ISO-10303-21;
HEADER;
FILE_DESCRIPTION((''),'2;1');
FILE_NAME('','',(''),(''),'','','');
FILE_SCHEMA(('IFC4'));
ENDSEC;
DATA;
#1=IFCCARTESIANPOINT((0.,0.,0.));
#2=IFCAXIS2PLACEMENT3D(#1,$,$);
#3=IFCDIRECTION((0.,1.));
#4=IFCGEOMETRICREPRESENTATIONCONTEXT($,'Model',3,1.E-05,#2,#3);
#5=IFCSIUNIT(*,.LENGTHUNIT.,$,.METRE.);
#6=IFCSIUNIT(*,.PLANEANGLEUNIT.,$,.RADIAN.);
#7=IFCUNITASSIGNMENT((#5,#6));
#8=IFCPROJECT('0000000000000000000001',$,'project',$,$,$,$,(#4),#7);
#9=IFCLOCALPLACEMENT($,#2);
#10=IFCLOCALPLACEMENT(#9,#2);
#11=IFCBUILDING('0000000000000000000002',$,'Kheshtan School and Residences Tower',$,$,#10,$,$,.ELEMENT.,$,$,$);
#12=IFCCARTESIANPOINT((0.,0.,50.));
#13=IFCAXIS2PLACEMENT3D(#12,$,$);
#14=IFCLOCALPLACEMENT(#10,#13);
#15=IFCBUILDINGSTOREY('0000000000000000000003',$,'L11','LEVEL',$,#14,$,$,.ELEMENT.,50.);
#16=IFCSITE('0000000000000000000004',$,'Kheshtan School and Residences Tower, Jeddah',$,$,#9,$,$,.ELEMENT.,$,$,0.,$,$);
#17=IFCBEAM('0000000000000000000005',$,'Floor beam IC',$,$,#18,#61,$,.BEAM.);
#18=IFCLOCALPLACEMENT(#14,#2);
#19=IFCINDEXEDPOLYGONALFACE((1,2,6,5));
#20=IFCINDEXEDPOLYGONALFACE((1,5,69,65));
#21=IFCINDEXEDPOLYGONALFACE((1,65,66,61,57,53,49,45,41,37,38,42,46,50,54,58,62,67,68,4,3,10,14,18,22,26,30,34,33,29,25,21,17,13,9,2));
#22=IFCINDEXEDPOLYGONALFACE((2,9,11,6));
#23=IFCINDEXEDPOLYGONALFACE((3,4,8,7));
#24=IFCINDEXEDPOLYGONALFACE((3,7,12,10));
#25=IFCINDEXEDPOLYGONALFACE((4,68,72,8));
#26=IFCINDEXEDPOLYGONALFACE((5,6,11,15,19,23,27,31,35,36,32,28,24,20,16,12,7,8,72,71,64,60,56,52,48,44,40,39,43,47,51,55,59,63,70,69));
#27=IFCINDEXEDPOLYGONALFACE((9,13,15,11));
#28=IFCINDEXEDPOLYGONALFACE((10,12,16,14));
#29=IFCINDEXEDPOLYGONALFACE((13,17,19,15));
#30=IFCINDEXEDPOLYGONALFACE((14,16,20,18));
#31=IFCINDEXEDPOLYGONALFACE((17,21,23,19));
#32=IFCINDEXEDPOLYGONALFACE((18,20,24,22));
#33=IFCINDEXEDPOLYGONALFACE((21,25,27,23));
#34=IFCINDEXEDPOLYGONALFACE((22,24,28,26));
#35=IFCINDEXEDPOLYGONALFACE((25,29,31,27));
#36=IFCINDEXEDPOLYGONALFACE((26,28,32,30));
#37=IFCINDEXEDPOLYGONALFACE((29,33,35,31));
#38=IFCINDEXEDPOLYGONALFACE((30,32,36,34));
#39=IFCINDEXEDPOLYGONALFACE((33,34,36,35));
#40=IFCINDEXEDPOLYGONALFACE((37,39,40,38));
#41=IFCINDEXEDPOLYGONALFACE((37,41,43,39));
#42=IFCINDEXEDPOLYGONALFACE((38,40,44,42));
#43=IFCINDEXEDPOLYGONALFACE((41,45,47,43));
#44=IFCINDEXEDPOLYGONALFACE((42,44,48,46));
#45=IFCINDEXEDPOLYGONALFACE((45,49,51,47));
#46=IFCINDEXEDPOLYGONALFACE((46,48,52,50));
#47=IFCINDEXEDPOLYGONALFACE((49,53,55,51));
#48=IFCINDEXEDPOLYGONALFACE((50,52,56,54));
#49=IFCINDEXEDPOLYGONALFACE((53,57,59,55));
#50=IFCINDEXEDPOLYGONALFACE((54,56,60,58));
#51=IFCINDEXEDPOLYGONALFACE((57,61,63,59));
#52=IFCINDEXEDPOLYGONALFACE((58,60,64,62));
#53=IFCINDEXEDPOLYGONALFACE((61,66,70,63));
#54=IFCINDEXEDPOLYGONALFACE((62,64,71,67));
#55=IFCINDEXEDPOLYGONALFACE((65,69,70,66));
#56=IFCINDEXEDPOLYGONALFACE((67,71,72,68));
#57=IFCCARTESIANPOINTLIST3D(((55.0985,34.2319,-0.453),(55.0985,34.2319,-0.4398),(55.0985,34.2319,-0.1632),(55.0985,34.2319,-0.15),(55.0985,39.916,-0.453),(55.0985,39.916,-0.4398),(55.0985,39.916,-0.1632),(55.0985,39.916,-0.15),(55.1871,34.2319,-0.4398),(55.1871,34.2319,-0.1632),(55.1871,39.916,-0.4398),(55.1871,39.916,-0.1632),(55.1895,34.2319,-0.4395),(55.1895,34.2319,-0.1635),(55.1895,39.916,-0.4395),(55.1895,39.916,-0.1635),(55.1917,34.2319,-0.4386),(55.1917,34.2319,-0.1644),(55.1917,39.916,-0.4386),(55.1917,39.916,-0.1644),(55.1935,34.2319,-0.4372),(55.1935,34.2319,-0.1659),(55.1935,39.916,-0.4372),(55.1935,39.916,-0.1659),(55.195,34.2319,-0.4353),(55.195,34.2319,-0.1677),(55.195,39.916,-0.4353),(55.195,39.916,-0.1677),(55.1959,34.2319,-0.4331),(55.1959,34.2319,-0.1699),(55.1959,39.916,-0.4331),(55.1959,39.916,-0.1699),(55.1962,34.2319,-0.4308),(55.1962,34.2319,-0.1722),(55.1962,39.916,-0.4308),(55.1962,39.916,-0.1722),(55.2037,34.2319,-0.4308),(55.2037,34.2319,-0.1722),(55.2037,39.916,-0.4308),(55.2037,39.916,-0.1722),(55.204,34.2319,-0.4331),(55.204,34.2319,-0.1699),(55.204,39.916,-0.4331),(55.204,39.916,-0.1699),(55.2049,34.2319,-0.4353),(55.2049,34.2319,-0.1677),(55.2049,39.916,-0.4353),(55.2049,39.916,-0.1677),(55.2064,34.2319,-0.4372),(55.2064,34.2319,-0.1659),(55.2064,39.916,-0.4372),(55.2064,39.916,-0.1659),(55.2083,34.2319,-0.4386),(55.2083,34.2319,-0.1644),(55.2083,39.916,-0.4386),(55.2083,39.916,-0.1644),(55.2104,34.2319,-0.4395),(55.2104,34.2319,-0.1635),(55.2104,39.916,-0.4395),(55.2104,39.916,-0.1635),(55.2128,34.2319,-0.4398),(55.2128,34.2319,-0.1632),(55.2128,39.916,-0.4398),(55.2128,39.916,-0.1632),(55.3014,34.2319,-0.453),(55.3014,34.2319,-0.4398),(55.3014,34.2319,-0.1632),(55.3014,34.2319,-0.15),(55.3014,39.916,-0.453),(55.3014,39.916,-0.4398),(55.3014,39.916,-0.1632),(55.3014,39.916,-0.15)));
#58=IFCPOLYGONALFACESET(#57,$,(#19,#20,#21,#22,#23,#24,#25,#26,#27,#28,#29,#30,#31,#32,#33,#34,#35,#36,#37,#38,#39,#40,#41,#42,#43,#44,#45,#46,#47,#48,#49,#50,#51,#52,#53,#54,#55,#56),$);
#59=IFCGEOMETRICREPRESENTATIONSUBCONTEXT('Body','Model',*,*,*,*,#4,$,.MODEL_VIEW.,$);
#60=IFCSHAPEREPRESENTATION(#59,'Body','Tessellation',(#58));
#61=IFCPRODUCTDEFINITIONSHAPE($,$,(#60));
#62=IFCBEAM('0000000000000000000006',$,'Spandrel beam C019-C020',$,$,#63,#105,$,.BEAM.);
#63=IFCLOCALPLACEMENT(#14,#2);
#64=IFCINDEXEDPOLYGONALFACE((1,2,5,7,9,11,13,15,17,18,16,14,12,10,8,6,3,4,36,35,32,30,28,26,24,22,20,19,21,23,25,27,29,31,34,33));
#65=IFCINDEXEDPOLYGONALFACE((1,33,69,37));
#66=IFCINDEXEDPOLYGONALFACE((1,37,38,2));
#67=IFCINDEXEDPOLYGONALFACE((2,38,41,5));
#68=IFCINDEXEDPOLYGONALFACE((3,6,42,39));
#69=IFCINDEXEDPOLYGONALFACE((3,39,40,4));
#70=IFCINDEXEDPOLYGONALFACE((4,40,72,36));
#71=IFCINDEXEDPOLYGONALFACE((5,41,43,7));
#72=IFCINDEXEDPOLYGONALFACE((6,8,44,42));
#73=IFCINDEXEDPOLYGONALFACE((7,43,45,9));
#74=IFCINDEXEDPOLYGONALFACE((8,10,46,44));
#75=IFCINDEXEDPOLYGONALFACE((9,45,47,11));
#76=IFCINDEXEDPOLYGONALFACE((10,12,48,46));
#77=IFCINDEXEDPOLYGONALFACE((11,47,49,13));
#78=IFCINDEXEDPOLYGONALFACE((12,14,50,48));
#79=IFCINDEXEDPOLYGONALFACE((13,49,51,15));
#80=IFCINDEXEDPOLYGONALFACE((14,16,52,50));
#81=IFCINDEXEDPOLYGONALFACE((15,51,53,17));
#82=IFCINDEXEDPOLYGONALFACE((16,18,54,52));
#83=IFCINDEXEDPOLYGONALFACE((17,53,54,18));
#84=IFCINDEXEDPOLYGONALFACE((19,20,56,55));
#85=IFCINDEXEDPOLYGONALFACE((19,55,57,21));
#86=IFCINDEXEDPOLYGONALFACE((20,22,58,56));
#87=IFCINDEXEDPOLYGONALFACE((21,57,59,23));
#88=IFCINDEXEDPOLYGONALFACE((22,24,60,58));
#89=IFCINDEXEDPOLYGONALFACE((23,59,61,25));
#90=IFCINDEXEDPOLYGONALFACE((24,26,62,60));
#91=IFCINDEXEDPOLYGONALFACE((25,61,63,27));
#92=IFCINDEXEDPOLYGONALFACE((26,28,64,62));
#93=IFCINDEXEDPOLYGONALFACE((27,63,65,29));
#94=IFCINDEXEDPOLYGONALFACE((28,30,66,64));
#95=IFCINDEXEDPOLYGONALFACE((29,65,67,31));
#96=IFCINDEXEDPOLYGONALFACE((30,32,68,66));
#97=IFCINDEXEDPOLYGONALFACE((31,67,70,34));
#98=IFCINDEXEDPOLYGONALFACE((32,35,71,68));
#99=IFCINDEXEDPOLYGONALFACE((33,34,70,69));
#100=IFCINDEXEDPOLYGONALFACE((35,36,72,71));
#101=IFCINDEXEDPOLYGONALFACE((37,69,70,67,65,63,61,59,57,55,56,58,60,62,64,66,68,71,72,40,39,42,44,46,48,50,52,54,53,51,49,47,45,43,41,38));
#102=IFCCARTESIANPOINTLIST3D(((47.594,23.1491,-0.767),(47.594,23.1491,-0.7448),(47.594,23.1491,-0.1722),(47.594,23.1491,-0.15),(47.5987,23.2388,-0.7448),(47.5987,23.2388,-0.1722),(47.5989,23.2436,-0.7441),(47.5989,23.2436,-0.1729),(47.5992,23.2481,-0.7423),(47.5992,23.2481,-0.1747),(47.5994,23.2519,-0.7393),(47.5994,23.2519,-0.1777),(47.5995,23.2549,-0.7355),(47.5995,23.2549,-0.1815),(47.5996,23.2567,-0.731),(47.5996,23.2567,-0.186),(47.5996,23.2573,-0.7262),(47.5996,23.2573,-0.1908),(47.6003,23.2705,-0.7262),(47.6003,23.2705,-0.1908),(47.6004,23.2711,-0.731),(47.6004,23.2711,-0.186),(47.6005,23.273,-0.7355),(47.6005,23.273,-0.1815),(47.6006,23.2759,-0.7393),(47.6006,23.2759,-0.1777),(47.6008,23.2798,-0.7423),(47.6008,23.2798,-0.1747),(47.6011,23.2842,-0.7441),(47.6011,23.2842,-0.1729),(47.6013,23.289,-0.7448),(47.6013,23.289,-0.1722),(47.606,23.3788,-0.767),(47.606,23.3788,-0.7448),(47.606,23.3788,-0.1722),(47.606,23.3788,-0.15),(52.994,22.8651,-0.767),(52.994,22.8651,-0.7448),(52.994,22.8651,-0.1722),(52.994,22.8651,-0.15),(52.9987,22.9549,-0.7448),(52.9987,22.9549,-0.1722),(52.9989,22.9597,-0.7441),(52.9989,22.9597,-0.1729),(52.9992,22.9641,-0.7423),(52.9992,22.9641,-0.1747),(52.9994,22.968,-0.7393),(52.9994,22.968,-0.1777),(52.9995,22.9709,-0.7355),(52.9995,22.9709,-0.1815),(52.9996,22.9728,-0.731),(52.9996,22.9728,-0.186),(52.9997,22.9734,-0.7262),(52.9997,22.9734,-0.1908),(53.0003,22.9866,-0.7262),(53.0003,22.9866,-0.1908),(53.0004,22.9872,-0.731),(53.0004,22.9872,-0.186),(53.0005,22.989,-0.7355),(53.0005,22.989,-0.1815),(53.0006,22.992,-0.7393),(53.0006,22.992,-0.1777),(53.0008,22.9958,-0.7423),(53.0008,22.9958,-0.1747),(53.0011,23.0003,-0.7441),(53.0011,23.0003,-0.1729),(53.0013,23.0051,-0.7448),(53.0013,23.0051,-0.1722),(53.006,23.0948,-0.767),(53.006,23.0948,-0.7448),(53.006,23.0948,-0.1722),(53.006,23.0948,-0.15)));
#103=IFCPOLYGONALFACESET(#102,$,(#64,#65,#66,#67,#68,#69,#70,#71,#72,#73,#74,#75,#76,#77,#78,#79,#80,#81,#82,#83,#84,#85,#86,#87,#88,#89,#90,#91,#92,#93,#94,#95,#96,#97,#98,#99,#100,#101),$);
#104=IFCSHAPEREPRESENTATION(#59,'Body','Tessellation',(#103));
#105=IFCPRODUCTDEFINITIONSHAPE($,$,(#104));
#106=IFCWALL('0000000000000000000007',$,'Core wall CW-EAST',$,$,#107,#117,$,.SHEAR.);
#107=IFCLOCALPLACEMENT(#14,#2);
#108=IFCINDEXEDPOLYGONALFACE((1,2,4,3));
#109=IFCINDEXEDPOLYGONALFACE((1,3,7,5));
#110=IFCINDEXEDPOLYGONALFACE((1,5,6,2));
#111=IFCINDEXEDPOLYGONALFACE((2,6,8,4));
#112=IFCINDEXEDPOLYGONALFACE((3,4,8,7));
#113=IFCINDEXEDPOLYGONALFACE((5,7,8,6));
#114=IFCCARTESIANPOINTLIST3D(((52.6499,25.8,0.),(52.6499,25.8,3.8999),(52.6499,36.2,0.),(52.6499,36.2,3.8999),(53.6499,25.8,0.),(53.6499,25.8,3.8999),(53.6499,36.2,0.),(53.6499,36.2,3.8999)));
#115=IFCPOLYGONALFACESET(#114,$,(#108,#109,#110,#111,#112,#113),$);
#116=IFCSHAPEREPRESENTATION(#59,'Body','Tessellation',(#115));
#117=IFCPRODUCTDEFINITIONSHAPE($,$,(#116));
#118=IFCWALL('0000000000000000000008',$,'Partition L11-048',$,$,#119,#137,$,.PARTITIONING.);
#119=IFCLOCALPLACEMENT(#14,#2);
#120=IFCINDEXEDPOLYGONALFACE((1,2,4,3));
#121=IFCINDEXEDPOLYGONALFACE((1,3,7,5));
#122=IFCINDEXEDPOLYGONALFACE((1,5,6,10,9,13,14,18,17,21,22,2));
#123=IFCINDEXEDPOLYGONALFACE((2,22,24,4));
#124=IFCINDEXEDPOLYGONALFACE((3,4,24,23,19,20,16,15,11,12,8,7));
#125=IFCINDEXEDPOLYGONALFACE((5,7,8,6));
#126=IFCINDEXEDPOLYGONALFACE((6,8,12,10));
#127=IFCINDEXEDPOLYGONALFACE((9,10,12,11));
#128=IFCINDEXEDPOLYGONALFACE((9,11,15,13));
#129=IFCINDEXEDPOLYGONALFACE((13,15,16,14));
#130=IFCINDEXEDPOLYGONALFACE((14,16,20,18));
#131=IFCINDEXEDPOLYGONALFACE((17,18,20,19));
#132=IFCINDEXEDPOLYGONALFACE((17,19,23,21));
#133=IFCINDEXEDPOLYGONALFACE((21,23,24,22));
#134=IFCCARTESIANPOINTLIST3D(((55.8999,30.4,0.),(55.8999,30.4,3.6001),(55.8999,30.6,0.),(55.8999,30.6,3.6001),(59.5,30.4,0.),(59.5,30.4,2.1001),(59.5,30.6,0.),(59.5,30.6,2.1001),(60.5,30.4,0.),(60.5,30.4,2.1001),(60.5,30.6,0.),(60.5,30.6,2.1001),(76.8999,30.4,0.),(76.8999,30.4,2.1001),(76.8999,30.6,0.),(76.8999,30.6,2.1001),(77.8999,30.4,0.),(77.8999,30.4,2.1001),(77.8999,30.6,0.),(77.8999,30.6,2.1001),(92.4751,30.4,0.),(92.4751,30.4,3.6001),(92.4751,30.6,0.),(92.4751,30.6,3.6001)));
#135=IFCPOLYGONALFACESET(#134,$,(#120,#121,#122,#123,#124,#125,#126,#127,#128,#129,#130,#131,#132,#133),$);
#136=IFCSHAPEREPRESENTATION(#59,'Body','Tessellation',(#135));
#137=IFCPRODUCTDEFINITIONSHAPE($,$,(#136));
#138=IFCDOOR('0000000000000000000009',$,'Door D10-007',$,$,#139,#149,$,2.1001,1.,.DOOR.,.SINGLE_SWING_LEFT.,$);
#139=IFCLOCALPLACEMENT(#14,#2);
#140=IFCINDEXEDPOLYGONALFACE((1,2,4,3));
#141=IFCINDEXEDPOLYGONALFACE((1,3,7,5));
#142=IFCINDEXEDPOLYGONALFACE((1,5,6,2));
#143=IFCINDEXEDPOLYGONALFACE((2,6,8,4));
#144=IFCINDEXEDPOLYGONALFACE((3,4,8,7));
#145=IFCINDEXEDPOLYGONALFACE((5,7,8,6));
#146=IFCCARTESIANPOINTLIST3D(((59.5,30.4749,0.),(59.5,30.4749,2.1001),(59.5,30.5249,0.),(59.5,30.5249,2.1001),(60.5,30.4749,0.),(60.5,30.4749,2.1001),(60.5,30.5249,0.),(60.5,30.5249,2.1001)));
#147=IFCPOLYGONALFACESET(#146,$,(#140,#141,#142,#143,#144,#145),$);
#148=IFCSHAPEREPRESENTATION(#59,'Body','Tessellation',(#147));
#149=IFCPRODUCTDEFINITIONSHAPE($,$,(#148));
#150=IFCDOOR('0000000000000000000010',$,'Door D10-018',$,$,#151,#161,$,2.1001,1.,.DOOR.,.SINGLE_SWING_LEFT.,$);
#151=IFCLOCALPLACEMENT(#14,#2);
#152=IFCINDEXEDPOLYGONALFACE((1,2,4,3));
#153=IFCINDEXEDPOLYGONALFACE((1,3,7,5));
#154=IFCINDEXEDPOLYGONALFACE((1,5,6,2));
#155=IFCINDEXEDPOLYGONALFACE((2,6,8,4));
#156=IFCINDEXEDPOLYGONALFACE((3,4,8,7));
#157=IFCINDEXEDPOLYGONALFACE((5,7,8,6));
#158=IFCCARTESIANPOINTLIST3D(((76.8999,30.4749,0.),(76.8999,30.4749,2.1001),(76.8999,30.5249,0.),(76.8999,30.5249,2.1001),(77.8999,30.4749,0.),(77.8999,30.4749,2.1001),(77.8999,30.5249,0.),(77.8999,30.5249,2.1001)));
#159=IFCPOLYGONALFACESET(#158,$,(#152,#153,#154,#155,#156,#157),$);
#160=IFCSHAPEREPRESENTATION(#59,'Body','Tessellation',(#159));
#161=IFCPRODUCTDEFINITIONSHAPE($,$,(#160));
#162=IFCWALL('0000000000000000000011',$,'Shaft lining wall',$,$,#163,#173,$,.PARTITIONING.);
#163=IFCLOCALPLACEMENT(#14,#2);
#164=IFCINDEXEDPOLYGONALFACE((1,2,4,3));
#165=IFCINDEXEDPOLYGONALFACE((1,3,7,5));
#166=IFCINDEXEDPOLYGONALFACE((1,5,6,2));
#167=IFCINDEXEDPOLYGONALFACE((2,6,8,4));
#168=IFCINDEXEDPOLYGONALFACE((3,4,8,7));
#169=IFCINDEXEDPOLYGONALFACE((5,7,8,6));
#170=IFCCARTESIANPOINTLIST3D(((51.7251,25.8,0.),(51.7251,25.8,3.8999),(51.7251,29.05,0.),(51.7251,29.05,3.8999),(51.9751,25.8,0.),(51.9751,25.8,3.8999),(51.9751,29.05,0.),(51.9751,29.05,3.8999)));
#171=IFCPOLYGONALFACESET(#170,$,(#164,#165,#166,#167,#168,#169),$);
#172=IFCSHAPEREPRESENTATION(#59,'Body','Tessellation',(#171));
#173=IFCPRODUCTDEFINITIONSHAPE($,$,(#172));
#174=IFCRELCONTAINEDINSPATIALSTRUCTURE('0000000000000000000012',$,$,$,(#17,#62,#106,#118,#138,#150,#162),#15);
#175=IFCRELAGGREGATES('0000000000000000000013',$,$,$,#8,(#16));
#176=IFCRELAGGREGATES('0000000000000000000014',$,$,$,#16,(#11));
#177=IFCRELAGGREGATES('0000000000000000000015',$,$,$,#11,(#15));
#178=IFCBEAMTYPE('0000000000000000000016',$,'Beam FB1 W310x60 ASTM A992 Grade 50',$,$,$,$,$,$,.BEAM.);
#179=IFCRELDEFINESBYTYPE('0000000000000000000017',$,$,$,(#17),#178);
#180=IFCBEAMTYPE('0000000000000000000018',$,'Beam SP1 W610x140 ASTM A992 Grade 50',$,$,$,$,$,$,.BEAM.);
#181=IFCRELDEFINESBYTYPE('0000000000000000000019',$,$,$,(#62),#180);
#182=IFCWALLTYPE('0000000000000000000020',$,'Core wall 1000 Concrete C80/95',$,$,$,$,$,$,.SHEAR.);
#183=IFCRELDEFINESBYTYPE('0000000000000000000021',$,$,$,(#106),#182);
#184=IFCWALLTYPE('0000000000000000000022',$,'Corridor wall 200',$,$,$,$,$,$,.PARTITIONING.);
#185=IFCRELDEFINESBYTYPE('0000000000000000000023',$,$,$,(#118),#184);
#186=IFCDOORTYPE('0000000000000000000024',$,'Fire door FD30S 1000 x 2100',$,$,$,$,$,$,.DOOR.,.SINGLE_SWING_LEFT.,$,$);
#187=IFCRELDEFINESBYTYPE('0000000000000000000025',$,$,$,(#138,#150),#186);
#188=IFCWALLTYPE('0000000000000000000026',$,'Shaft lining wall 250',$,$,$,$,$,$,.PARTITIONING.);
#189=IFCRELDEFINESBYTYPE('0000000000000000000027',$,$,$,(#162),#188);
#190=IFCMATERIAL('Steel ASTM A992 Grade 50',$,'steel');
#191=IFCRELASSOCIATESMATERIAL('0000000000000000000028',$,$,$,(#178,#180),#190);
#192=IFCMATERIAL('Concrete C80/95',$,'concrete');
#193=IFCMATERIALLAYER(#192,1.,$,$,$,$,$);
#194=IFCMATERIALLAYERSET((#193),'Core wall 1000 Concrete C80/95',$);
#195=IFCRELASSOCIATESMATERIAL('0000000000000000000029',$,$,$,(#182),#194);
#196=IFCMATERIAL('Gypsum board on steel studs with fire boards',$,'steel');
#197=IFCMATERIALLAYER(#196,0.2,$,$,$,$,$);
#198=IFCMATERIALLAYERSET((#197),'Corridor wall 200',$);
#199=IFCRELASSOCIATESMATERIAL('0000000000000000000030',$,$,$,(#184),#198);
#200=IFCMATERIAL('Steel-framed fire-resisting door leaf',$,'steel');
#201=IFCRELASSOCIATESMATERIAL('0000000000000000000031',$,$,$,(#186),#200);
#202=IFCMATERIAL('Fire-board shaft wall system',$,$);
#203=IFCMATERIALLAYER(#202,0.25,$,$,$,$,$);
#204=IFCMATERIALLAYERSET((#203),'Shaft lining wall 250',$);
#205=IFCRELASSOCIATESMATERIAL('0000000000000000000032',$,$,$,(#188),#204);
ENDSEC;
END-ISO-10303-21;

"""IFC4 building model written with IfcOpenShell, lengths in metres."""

from ifc_helpers import new_model, si_unit, direction, frame, frame_2d, origin, origin_2d, place, context, subcontext, project, spatial, rectangle, i_section, extrude, source, transform, mapped, material, layer, layer_set, material_profile, profile_set, type_object, element, fill, save


model = new_model("IFC4")

# Units and contexts
model_context = context("Model", 3, precision=1e-05, world=origin(), true_north=direction((0.0, 1.0)))
body_context = subcontext(model_context, "Body", "Model", "MODEL_VIEW")
ifc_project = project(units=[si_unit("LENGTHUNIT", "METRE"), si_unit("PLANEANGLEUNIT", "RADIAN")], contexts=[model_context])

# Site, building, storey
site_placement = place(None, origin())
site = spatial("IfcSite", under=ifc_project, at=site_placement, Name="Kheshtan School and Residences Tower, Jeddah", CompositionType="ELEMENT", RefElevation=0.0)
building_placement = place(site_placement, origin())
building = spatial("IfcBuilding", under=site, at=building_placement, Name="Kheshtan School and Residences Tower", CompositionType="ELEMENT")
storey_placement = place(building_placement, frame((0.0, 0.0, 50.0)))
storey = spatial("IfcBuildingStorey", under=building, at=storey_placement, Name="L11", Description="LEVEL", CompositionType="ELEMENT", Elevation=50.0)

# Shared definitions
ifc_material_1 = material(Name="Steel ASTM A992 Grade 50", Category="steel")

# Beams
ifc_material_profile_1 = material_profile(ifc_material_1, i_section(OverallWidth=0.2029, OverallDepth=0.303, WebThickness=0.0076, FlangeThickness=0.0132, FilletRadius=0.009, at=origin_2d()), Name="W310x60")
ifc_profile_set_1 = profile_set([ifc_material_profile_1], Name="Steel ASTM A992 Grade 50")
beam_type_1 = type_object("IfcBeamType", Name="Beam FB1 W310x60 ASTM A992 Grade 50", PredefinedType="BEAM", material=ifc_profile_set_1)
beam_1_placement = place(storey_placement, frame((55.2, 34.2319, -0.3015), z_axis=(0.0, 1.0, 0.0), x_axis=(-1.0, 0.0, 0.0)))
element("IfcBeam", 1, at=beam_1_placement, inside=storey, type_object=beam_type_1, Name="Floor beam IC", PredefinedType="BEAM", context=body_context, shape_type="SweptSolid", body=[
    extrude(i_section(OverallWidth=0.2029, OverallDepth=0.303, WebThickness=0.0076, FlangeThickness=0.0132, FilletRadius=0.009, at=origin_2d()), origin(), (0.0, 0.0, 1.0), 5.6841),
])
ifc_material_profile_2 = material_profile(ifc_material_1, i_section(OverallWidth=0.23, OverallDepth=0.6169, WebThickness=0.0132, FlangeThickness=0.0222, FilletRadius=0.0186, at=origin_2d()), Name="W610x140")
ifc_profile_set_2 = profile_set([ifc_material_profile_2], Name="Steel ASTM A992 Grade 50")
beam_type_2 = type_object("IfcBeamType", Name="Beam SP1 W610x140 ASTM A992 Grade 50", PredefinedType="BEAM", material=ifc_profile_set_2)
beam_2_placement = place(storey_placement, frame((53.0, 22.98, -0.4585), z_axis=(-0.99862, 0.052509, 0.0), x_axis=(-0.052509, -0.99862, 0.0)))
element("IfcBeam", 2, at=beam_2_placement, inside=storey, type_object=beam_type_2, Name="Spandrel beam C019-C020", PredefinedType="BEAM", context=body_context, shape_type="SweptSolid", body=[
    extrude(i_section(OverallWidth=0.23, OverallDepth=0.6169, WebThickness=0.0132, FlangeThickness=0.0222, FilletRadius=0.0186, at=origin_2d()), origin(), (0.0, 0.0, 1.0), 5.4075),
])

# Wall
ifc_material_2 = material(Name="Concrete C80/95", Category="concrete")
ifc_layer_1 = layer(ifc_material_2, 1.0)
ifc_layer_set_1 = layer_set([ifc_layer_1], Name="Core wall 1000 Concrete C80/95")
wall_type_1 = type_object("IfcWallType", Name="Core wall 1000 Concrete C80/95", PredefinedType="SHEAR", material=ifc_layer_set_1)
wall_1_placement = place(storey_placement, frame((53.1499, 25.8, 0.0), z_axis=(0.0, 0.0, 1.0), x_axis=(0.0, 1.0, 0.0)))
element("IfcWall", 3, at=wall_1_placement, inside=storey, type_object=wall_type_1, Name="Core wall CW-EAST", PredefinedType="SHEAR", context=body_context, shape_type="SweptSolid", body=[
    extrude(rectangle(XDim=10.3999, YDim=1.0, at=frame_2d((5.2, 0.0))), origin(), (0.0, 0.0, 1.0), 3.8999),
])

# Wall, openings, doors
ifc_material_3 = material(Name="Gypsum board on steel studs with fire boards", Category="steel")
ifc_layer_2 = layer(ifc_material_3, 0.2)
ifc_layer_set_2 = layer_set([ifc_layer_2], Name="Corridor wall 200")
wall_type_2 = type_object("IfcWallType", Name="Corridor wall 200", PredefinedType="PARTITIONING", material=ifc_layer_set_2)
wall_2_placement = place(storey_placement, frame((55.8999, 30.5, 0.0), z_axis=(0.0, 0.0, 1.0), x_axis=(1.0, 0.0, 0.0)))
wall_2 = element("IfcWall", 4, at=wall_2_placement, inside=storey, type_object=wall_type_2, Name="Partition L11-048", PredefinedType="PARTITIONING", context=body_context, shape_type="SweptSolid", body=[
    extrude(rectangle(XDim=36.5752, YDim=0.2, at=frame_2d((18.2876, 0.0))), origin(), (0.0, 0.0, 1.0), 3.6001),
])
opening_1_placement = place(wall_2_placement, frame((3.6001, 0.0, 0.0)))
opening_1 = element("IfcOpeningElement", 5, at=opening_1_placement, cuts=wall_2, PredefinedType="OPENING", context=body_context, shape_type="SweptSolid", body=[
    extrude(rectangle(XDim=1.0, YDim=2.1001, at=frame_2d((0.5, 1.05))), frame((0.0, 0.1099, 0.0), z_axis=(0.0, -1.0, 0.0), x_axis=(1.0, 0.0, 0.0)), (0.0, 0.0, 1.0), 0.22),
])
opening_2_placement = place(wall_2_placement, frame((21.0, 0.0, 0.0)))
opening_2 = element("IfcOpeningElement", 6, at=opening_2_placement, cuts=wall_2, PredefinedType="OPENING", context=body_context, shape_type="SweptSolid", body=[
    extrude(rectangle(XDim=1.0, YDim=2.1001, at=frame_2d((0.5, 1.05))), frame((0.0, 0.1099, 0.0), z_axis=(0.0, -1.0, 0.0), x_axis=(1.0, 0.0, 0.0)), (0.0, 0.0, 1.0), 0.22),
])
ifc_material_4 = material(Name="Steel-framed fire-resisting door leaf", Category="steel")
door_type_1 = type_object("IfcDoorType", Name="Fire door FD30S 1000 x 2100", OperationType="SINGLE_SWING_LEFT", PredefinedType="DOOR", material=ifc_material_4)
shared_shape_1 = source(origin(), body_context, "Body", "SweptSolid", [
    extrude(rectangle(XDim=1.0, YDim=2.1001, at=frame_2d((0.5, 1.05))), frame((0.0, 0.0249, 0.0), z_axis=(0.0, -1.0, 0.0), x_axis=(1.0, 0.0, 0.0)), (0.0, 0.0, 1.0), 0.05),
])
door_1_placement = place(opening_1_placement, origin())
door_1 = element("IfcDoor", 7, at=door_1_placement, inside=storey, type_object=door_type_1, Name="Door D10-007", OperationType="SINGLE_SWING_LEFT", OverallHeight=2.1001, OverallWidth=1.0, PredefinedType="DOOR", context=body_context, shape_type="MappedRepresentation", body=[
    mapped(shared_shape_1, transform((0.0, 0.0, 0.0), x_axis=(1.0, 0.0, 0.0), y_axis=(0.0, 1.0, 0.0), z_axis=(0.0, 0.0, 1.0), scale=1.0)),
])
fill(opening_1, door_1)
door_2_placement = place(opening_2_placement, origin())
door_2 = element("IfcDoor", 8, at=door_2_placement, inside=storey, type_object=door_type_1, Name="Door D10-018", OperationType="SINGLE_SWING_LEFT", OverallHeight=2.1001, OverallWidth=1.0, PredefinedType="DOOR", context=body_context, shape_type="MappedRepresentation", body=[
    mapped(shared_shape_1, transform((0.0, 0.0, 0.0), x_axis=(1.0, 0.0, 0.0), y_axis=(0.0, 1.0, 0.0), z_axis=(0.0, 0.0, 1.0), scale=1.0)),
])
fill(opening_2, door_2)

# Wall
ifc_material_5 = material(Name="Fire-board shaft wall system")
ifc_layer_3 = layer(ifc_material_5, 0.25)
ifc_layer_set_3 = layer_set([ifc_layer_3], Name="Shaft lining wall 250")
wall_type_3 = type_object("IfcWallType", Name="Shaft lining wall 250", PredefinedType="PARTITIONING", material=ifc_layer_set_3)
wall_3_placement = place(storey_placement, frame((51.8501, 25.8, 0.0), z_axis=(0.0, 0.0, 1.0), x_axis=(0.0, 1.0, 0.0)))
element("IfcWall", 9, at=wall_3_placement, inside=storey, type_object=wall_type_3, Name="Shaft lining wall", PredefinedType="PARTITIONING", context=body_context, shape_type="SweptSolid", body=[
    extrude(rectangle(XDim=3.25, YDim=0.25, at=frame_2d((1.625, 0.0))), origin(), (0.0, 0.0, 1.0), 3.8999),
])

save(model, "model.ifc")
